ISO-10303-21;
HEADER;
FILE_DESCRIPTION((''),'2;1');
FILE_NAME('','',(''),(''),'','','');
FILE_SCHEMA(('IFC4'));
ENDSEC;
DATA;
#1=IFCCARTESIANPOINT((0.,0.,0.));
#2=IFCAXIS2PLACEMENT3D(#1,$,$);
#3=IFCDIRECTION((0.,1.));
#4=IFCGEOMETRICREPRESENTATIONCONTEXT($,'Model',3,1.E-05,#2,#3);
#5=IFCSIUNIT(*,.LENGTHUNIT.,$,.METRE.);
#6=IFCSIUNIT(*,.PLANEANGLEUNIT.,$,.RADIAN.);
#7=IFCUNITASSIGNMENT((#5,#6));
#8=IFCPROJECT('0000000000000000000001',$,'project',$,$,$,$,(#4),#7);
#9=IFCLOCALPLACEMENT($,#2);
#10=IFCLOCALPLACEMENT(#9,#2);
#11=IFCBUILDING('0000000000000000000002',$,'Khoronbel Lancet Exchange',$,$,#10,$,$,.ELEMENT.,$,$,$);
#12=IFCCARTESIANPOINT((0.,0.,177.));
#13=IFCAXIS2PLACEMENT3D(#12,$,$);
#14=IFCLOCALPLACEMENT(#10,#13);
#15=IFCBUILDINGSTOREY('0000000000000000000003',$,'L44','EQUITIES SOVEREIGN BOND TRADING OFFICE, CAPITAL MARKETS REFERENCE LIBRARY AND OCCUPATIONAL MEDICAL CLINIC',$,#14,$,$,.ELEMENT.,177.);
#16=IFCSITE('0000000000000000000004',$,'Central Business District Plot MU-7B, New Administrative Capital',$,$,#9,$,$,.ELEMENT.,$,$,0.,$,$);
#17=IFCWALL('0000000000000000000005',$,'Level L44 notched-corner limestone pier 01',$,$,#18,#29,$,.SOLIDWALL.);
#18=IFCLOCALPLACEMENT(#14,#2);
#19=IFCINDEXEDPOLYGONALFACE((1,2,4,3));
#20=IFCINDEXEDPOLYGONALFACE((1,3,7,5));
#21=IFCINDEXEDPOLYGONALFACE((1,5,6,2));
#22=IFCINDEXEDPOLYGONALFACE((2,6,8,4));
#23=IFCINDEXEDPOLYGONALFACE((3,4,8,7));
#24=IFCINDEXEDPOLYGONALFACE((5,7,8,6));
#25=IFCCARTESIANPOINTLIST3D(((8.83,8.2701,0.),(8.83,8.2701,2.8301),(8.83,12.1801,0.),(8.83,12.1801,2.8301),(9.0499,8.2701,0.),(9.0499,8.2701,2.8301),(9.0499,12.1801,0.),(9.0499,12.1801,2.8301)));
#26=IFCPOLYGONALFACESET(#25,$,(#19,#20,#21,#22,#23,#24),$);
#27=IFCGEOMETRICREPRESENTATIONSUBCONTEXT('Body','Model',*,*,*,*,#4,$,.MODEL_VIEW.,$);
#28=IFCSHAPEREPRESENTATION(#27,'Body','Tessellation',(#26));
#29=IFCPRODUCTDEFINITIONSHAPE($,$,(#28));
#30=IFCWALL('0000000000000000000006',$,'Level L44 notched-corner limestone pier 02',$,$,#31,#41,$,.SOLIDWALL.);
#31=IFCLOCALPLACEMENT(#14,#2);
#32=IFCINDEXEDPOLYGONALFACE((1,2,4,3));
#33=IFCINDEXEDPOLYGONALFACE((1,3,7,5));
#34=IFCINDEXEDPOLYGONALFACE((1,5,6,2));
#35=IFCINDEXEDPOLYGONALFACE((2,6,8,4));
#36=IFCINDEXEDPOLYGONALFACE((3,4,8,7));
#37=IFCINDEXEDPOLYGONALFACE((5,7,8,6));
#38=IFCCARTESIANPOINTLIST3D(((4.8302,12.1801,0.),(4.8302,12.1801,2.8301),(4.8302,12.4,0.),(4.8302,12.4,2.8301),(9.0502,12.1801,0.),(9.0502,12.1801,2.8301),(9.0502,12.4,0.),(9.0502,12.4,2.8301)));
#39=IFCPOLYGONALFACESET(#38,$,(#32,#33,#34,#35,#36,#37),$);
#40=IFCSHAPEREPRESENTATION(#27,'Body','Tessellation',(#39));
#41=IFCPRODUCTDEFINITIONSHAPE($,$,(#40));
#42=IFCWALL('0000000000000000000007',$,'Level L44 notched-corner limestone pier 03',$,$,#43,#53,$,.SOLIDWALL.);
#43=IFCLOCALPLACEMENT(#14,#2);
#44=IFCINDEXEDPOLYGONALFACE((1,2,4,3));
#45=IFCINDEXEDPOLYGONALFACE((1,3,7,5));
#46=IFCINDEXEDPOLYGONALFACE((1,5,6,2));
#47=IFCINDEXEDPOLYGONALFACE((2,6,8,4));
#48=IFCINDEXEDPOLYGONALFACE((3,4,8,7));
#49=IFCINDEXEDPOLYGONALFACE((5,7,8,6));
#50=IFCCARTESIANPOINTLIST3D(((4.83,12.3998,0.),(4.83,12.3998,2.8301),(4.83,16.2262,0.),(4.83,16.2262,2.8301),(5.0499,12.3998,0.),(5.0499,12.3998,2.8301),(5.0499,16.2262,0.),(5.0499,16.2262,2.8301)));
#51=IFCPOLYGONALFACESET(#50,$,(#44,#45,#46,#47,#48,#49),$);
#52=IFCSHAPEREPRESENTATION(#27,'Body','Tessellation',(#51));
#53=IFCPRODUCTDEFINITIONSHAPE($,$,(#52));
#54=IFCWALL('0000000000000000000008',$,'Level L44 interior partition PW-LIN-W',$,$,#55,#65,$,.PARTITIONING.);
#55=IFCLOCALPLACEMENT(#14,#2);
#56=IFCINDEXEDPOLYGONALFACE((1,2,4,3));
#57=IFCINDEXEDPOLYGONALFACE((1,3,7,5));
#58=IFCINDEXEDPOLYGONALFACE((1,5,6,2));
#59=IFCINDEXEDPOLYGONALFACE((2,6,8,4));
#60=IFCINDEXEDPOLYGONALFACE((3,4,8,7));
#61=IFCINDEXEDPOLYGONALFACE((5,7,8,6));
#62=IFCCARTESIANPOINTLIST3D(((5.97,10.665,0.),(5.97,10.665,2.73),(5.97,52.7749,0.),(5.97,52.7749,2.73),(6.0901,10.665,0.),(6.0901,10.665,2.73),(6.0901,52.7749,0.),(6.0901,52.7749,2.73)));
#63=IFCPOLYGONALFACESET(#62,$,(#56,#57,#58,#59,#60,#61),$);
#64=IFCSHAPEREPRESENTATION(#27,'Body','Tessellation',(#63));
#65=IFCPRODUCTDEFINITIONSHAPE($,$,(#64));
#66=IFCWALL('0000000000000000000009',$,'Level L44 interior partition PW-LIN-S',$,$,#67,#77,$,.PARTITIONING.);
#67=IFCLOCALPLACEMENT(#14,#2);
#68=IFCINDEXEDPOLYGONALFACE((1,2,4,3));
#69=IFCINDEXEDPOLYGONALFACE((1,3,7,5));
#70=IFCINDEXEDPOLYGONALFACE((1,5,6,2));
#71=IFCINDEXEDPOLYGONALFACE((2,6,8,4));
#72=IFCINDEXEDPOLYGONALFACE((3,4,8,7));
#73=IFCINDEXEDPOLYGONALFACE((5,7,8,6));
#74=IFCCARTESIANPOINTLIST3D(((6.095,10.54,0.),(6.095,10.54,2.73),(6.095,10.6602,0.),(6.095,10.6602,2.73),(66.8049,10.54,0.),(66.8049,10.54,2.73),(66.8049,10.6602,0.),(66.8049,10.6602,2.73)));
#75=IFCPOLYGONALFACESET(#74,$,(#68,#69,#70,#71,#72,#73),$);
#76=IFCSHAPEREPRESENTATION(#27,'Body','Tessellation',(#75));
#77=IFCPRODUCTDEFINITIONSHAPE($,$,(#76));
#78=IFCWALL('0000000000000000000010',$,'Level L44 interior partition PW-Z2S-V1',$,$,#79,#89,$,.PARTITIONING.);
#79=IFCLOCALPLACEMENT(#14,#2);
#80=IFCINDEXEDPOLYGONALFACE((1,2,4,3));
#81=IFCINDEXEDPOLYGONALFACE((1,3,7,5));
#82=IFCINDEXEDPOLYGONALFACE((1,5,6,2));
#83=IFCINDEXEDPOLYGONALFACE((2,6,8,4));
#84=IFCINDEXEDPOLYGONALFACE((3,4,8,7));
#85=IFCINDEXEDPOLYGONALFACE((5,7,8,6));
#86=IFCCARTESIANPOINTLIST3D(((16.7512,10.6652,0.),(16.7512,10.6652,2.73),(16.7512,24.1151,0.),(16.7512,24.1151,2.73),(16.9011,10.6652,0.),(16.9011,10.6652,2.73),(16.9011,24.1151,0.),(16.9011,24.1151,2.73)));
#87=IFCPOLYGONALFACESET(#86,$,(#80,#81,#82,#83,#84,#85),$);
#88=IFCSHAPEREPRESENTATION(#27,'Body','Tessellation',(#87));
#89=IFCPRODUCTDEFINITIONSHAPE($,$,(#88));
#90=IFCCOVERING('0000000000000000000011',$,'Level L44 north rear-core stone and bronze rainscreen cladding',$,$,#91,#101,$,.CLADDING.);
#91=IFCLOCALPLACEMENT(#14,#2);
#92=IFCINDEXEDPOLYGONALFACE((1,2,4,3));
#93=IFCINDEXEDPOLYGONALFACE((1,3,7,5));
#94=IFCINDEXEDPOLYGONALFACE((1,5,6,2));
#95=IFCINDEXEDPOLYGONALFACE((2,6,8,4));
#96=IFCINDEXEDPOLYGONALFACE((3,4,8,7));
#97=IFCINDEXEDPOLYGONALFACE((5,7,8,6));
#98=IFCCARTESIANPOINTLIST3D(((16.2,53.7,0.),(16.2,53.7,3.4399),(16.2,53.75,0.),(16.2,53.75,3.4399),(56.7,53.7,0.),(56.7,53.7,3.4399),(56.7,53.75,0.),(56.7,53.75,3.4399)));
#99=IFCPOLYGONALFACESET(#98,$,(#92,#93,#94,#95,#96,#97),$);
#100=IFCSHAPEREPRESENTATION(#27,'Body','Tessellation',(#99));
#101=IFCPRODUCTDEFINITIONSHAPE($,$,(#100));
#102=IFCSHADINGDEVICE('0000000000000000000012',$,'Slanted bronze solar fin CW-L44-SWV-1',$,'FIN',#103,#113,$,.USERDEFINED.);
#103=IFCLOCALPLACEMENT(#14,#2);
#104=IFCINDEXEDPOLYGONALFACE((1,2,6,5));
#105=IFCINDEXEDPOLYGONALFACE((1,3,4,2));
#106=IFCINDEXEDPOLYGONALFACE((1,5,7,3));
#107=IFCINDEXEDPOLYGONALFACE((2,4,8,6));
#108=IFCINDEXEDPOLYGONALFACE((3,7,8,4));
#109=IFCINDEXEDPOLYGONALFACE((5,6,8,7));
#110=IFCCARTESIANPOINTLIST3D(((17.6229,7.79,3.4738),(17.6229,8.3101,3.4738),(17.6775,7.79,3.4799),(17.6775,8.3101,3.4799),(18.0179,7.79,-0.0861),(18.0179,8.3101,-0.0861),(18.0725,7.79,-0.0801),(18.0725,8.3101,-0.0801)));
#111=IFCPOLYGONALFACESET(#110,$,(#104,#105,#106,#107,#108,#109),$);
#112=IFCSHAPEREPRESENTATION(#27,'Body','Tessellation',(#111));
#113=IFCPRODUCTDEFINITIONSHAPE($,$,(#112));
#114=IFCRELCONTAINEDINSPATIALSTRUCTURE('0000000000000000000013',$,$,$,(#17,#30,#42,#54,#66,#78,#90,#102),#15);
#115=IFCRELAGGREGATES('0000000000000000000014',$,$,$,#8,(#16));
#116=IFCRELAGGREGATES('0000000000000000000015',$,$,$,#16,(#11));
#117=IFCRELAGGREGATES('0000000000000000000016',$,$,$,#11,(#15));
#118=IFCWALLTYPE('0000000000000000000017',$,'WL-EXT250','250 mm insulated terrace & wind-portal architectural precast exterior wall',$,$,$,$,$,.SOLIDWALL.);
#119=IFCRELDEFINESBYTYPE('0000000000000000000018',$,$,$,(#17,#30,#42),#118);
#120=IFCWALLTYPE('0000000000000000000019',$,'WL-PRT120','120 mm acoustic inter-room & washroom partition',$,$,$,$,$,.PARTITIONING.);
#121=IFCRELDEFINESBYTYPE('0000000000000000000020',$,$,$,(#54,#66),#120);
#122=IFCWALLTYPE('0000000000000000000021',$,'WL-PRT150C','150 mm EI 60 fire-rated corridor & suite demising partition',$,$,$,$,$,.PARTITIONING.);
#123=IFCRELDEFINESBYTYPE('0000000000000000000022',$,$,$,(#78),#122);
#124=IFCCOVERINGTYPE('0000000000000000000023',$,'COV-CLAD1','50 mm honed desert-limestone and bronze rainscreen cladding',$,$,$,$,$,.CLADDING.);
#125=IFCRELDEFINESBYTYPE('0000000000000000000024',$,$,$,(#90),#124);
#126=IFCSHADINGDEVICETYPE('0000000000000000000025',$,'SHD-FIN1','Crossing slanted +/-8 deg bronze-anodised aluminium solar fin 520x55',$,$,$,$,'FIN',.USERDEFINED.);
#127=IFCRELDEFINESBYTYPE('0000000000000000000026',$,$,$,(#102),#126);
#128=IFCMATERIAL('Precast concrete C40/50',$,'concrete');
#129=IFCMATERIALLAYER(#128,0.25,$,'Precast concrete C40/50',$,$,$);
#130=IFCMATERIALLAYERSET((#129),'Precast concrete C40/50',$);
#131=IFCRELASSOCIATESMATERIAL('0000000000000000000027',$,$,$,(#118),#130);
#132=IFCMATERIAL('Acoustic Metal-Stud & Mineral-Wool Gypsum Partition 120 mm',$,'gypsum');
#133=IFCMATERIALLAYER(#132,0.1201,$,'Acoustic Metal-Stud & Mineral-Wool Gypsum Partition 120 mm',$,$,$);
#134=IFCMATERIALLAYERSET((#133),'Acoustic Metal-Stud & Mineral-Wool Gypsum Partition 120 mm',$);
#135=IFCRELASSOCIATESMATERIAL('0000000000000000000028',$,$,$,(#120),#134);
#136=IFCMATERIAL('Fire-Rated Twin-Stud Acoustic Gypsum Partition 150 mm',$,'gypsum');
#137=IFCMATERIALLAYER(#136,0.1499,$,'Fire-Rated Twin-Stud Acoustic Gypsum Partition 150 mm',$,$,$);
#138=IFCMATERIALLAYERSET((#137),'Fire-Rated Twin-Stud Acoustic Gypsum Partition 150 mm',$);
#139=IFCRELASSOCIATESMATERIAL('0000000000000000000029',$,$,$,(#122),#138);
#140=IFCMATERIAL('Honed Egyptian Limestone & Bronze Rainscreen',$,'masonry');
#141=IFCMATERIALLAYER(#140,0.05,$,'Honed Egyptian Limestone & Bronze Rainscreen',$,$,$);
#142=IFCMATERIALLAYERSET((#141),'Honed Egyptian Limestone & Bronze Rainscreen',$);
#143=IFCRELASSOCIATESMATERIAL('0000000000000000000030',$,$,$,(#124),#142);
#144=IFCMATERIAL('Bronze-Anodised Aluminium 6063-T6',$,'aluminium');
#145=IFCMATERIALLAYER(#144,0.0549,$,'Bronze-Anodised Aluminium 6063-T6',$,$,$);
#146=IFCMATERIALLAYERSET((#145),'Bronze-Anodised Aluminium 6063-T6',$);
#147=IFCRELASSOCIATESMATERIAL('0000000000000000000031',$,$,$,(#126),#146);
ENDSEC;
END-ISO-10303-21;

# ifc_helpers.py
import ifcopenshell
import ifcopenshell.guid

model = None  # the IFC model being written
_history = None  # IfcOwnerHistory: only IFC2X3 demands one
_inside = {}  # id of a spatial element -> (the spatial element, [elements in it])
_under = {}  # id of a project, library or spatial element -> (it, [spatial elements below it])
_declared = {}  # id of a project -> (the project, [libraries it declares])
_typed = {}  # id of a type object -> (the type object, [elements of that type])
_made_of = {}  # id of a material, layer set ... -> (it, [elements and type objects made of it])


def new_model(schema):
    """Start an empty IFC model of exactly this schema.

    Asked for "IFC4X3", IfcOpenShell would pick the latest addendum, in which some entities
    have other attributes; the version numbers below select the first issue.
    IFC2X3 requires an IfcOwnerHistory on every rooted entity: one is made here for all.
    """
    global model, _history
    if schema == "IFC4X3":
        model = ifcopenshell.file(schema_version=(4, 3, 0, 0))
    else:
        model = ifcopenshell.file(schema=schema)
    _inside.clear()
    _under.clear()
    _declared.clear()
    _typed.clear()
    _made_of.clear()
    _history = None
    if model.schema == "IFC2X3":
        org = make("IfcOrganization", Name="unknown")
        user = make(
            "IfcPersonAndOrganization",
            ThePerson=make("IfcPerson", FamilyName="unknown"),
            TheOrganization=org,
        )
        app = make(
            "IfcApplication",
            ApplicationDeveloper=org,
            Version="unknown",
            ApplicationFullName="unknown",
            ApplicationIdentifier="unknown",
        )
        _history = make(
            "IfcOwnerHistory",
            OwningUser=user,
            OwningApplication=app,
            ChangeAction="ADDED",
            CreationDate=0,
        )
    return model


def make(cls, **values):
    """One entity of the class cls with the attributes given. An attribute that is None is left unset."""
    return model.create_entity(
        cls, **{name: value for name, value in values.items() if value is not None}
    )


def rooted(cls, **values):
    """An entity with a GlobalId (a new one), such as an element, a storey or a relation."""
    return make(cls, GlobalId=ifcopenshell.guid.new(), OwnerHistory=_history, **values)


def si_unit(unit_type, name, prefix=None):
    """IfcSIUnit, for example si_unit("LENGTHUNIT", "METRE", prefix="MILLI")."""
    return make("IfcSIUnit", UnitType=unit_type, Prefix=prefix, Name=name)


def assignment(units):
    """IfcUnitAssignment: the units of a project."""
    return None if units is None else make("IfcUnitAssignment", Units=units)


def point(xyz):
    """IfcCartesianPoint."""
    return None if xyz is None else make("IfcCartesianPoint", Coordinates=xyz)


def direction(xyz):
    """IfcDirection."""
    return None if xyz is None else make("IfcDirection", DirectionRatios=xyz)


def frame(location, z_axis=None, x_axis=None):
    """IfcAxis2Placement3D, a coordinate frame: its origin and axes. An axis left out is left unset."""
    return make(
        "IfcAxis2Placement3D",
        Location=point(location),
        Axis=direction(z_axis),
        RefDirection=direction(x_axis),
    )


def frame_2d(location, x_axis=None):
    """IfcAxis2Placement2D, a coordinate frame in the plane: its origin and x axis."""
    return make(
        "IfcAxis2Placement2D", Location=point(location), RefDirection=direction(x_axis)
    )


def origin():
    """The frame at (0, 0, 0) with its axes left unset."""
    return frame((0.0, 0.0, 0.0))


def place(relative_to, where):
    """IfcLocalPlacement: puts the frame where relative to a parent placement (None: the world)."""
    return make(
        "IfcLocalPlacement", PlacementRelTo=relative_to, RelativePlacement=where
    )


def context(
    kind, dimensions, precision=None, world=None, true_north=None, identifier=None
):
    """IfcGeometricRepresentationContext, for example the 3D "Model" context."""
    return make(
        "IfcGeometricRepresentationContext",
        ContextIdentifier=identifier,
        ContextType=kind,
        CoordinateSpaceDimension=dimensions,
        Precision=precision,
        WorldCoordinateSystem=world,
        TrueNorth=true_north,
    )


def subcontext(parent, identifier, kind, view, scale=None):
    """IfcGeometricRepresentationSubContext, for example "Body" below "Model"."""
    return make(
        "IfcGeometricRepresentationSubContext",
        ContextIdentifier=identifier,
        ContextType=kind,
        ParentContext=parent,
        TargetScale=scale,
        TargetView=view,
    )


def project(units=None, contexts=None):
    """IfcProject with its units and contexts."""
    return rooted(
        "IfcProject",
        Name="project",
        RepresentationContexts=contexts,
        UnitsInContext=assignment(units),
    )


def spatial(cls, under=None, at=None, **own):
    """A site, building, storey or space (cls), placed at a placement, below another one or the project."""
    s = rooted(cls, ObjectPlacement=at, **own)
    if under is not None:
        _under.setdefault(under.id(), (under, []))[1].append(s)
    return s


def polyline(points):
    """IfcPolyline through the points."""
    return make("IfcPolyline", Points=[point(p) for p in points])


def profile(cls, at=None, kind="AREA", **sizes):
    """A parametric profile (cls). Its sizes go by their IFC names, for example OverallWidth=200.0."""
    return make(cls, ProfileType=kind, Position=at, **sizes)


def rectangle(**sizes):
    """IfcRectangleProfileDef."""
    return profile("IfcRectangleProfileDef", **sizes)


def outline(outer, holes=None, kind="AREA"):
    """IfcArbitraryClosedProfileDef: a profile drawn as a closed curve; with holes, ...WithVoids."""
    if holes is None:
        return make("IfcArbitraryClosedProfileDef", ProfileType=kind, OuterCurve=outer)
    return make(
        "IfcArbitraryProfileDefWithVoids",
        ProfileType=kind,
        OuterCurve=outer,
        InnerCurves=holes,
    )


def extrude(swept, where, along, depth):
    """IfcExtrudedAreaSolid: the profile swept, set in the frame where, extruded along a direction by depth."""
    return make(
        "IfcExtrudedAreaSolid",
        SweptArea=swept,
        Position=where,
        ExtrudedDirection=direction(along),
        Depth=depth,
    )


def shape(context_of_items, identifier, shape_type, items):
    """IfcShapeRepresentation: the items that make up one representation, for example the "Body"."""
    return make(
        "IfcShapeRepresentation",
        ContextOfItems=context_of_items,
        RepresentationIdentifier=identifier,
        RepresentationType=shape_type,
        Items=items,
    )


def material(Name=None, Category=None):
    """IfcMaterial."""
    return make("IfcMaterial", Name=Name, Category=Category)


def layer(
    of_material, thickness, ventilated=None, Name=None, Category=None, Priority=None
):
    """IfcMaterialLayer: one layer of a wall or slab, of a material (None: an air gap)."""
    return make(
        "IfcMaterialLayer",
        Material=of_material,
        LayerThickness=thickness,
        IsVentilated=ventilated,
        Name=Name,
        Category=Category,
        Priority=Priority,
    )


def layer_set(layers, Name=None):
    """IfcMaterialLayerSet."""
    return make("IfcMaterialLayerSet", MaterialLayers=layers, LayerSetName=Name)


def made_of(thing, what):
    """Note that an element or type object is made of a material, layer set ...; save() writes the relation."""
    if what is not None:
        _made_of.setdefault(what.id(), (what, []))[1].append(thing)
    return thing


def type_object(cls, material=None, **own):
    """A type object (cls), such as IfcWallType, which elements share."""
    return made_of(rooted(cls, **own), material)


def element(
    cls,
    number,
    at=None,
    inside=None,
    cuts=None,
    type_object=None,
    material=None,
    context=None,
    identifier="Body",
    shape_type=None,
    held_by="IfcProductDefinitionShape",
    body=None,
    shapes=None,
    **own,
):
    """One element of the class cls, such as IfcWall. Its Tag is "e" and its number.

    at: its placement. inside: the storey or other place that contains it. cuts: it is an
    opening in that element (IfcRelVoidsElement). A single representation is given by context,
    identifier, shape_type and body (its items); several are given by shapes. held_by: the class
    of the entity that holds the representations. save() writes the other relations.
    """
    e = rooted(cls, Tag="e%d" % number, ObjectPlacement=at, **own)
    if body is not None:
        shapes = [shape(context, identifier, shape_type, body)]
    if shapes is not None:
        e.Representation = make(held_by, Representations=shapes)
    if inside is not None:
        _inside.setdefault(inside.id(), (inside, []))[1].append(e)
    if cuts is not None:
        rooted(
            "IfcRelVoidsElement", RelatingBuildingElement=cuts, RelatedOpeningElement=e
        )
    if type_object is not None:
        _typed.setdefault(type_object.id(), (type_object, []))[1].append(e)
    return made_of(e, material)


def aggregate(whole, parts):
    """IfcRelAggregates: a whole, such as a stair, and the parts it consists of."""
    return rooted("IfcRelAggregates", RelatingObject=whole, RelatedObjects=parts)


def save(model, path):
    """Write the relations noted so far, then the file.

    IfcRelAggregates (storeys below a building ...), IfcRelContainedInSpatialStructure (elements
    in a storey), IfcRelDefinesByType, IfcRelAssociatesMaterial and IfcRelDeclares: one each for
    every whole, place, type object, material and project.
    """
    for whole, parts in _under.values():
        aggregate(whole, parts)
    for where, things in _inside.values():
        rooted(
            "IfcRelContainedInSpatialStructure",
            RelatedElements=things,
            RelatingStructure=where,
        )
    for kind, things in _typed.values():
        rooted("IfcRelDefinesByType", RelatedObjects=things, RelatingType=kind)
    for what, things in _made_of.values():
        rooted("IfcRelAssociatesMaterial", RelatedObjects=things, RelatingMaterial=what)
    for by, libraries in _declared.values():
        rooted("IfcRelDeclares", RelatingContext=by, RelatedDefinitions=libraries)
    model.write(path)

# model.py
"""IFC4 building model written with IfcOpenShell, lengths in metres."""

from ifc_helpers import new_model, si_unit, direction, frame, frame_2d, origin, place, context, subcontext, project, spatial, polyline, rectangle, outline, extrude, material, layer, layer_set, type_object, element, save


model = new_model("IFC4")

# Units and contexts
model_context = context("Model", 3, precision=1e-05, world=origin(), true_north=direction((0.0, 1.0)))
body_context = subcontext(model_context, "Body", "Model", "MODEL_VIEW")
ifc_project = project(units=[si_unit("LENGTHUNIT", "METRE"), si_unit("PLANEANGLEUNIT", "RADIAN")], contexts=[model_context])

# Site, building, storey
site_placement = place(None, origin())
site = spatial("IfcSite", under=ifc_project, at=site_placement, Name="Central Business District Plot MU-7B, New Administrative Capital", CompositionType="ELEMENT", RefElevation=0.0)
building_placement = place(site_placement, origin())
building = spatial("IfcBuilding", under=site, at=building_placement, Name="Khoronbel Lancet Exchange", CompositionType="ELEMENT")
storey_placement = place(building_placement, frame((0.0, 0.0, 177.0)))
storey = spatial("IfcBuildingStorey", under=building, at=storey_placement, Name="L44", Description="EQUITIES SOVEREIGN BOND TRADING OFFICE, CAPITAL MARKETS REFERENCE LIBRARY AND OCCUPATIONAL MEDICAL CLINIC", CompositionType="ELEMENT", Elevation=177.0)

# Shared definitions
ifc_material_1 = material(Name="Bronze-Anodised Aluminium 6063-T6", Category="aluminium")

# Walls
ifc_material_2 = material(Name="Precast concrete C40/50", Category="concrete")
ifc_layer_1 = layer(ifc_material_2, 0.25, Name="Precast concrete C40/50")
ifc_layer_set_1 = layer_set([ifc_layer_1], Name="Precast concrete C40/50")
wall_type_1 = type_object("IfcWallType", Name="WL-EXT250", Description="250 mm insulated terrace & wind-portal architectural precast exterior wall", PredefinedType="SOLIDWALL", material=ifc_layer_set_1)
wall_1_placement = place(storey_placement, frame((8.9399, 8.27, 0.0), z_axis=(0.0, 0.0, 1.0), x_axis=(0.0, 1.0, 0.0)))
element("IfcWall", 1, at=wall_1_placement, inside=storey, type_object=wall_type_1, Name="Level L44 notched-corner limestone pier 01", PredefinedType="SOLIDWALL", context=body_context, shape_type="SweptSolid", body=[
    extrude(rectangle(XDim=3.9099, YDim=0.22, at=frame_2d((1.9551, 0.0))), origin(), (0.0, 0.0, 1.0), 2.8301),
])
wall_2_placement = place(storey_placement, frame((9.05, 12.29, 0.0), z_axis=(0.0, 0.0, 1.0), x_axis=(-1.0, 0.0, 0.0)))
element("IfcWall", 2, at=wall_2_placement, inside=storey, type_object=wall_type_1, Name="Level L44 notched-corner limestone pier 02", PredefinedType="SOLIDWALL", context=body_context, shape_type="SweptSolid", body=[
    extrude(rectangle(XDim=4.22, YDim=0.22, at=frame_2d((2.1099, 0.0))), origin(), (0.0, 0.0, 1.0), 2.8301),
])
wall_3_placement = place(storey_placement, frame((4.9399, 12.3999, 0.0), z_axis=(0.0, 0.0, 1.0), x_axis=(0.0, 1.0, 0.0)))
element("IfcWall", 3, at=wall_3_placement, inside=storey, type_object=wall_type_1, Name="Level L44 notched-corner limestone pier 03", PredefinedType="SOLIDWALL", context=body_context, shape_type="SweptSolid", body=[
    extrude(rectangle(XDim=3.8264, YDim=0.22, at=frame_2d((1.9131, 0.0))), origin(), (0.0, 0.0, 1.0), 2.8301),
])
ifc_material_3 = material(Name="Acoustic Metal-Stud & Mineral-Wool Gypsum Partition 120 mm", Category="gypsum")
ifc_layer_2 = layer(ifc_material_3, 0.1201, Name="Acoustic Metal-Stud & Mineral-Wool Gypsum Partition 120 mm")
ifc_layer_set_2 = layer_set([ifc_layer_2], Name="Acoustic Metal-Stud & Mineral-Wool Gypsum Partition 120 mm")
wall_type_2 = type_object("IfcWallType", Name="WL-PRT120", Description="120 mm acoustic inter-room & washroom partition", PredefinedType="PARTITIONING", material=ifc_layer_set_2)
wall_4_placement = place(storey_placement, frame((6.03, 10.665, 0.0), z_axis=(0.0, 0.0, 1.0), x_axis=(0.0, 1.0, 0.0)))
element("IfcWall", 4, at=wall_4_placement, inside=storey, type_object=wall_type_2, Name="Level L44 interior partition PW-LIN-W", PredefinedType="PARTITIONING", context=body_context, shape_type="SweptSolid", body=[
    extrude(rectangle(XDim=42.1099, YDim=0.1201, at=frame_2d((21.0549, 0.0))), origin(), (0.0, 0.0, 1.0), 2.73),
])
wall_5_placement = place(storey_placement, frame((6.095, 10.6001, 0.0), z_axis=(0.0, 0.0, 1.0), x_axis=(1.0, 0.0, 0.0)))
element("IfcWall", 5, at=wall_5_placement, inside=storey, type_object=wall_type_2, Name="Level L44 interior partition PW-LIN-S", PredefinedType="PARTITIONING", context=body_context, shape_type="SweptSolid", body=[
    extrude(rectangle(XDim=60.71, YDim=0.1201, at=frame_2d((30.355, 0.0))), origin(), (0.0, 0.0, 1.0), 2.73),
])
ifc_material_4 = material(Name="Fire-Rated Twin-Stud Acoustic Gypsum Partition 150 mm", Category="gypsum")
ifc_layer_3 = layer(ifc_material_4, 0.1499, Name="Fire-Rated Twin-Stud Acoustic Gypsum Partition 150 mm")
ifc_layer_set_3 = layer_set([ifc_layer_3], Name="Fire-Rated Twin-Stud Acoustic Gypsum Partition 150 mm")
wall_type_3 = type_object("IfcWallType", Name="WL-PRT150C", Description="150 mm EI 60 fire-rated corridor & suite demising partition", PredefinedType="PARTITIONING", material=ifc_layer_set_3)
wall_6_placement = place(storey_placement, frame((16.8262, 10.665, 0.0), z_axis=(0.0, 0.0, 1.0), x_axis=(0.0, 1.0, 0.0)))
element("IfcWall", 6, at=wall_6_placement, inside=storey, type_object=wall_type_3, Name="Level L44 interior partition PW-Z2S-V1", PredefinedType="PARTITIONING", context=body_context, shape_type="SweptSolid", body=[
    extrude(rectangle(XDim=13.45, YDim=0.1499, at=frame_2d((6.7251, 0.0))), origin(), (0.0, 0.0, 1.0), 2.73),
])

# Covering
ifc_material_5 = material(Name="Honed Egyptian Limestone & Bronze Rainscreen", Category="masonry")
ifc_layer_4 = layer(ifc_material_5, 0.05, Name="Honed Egyptian Limestone & Bronze Rainscreen")
ifc_layer_set_4 = layer_set([ifc_layer_4], Name="Honed Egyptian Limestone & Bronze Rainscreen")
covering_type = type_object("IfcCoveringType", Name="COV-CLAD1", Description="50 mm honed desert-limestone and bronze rainscreen cladding", PredefinedType="CLADDING", material=ifc_layer_set_4)
covering_placement = place(storey_placement, origin())
element("IfcCovering", 7, at=covering_placement, inside=storey, type_object=covering_type, Name="Level L44 north rear-core stone and bronze rainscreen cladding", PredefinedType="CLADDING", context=body_context, shape_type="SweptSolid", body=[
    extrude(outline(polyline([(16.2, 53.7), (56.7, 53.7), (56.7, 53.75), (16.2, 53.75), (16.2, 53.7)])), origin(), (0.0, 0.0, 1.0), 3.4399),
])

# Shading device
ifc_layer_5 = layer(ifc_material_1, 0.0549, Name="Bronze-Anodised Aluminium 6063-T6")
ifc_layer_set_5 = layer_set([ifc_layer_5], Name="Bronze-Anodised Aluminium 6063-T6")
shading_device_type = type_object("IfcShadingDeviceType", Name="SHD-FIN1", Description="Crossing slanted +/-8 deg bronze-anodised aluminium solar fin 520x55", ElementType="FIN", PredefinedType="USERDEFINED", material=ifc_layer_set_5)
shading_device_placement = place(storey_placement, frame((18.0725, 8.3101, -0.0801), z_axis=(0.9939, 0.0, 0.110282), x_axis=(0.0, -1.0, 0.0)))
element("IfcShadingDevice", 8, at=shading_device_placement, inside=storey, type_object=shading_device_type, Name="Slanted bronze solar fin CW-L44-SWV-1", ObjectType="FIN", PredefinedType="USERDEFINED", context=body_context, shape_type="SweptSolid", body=[
    extrude(outline(polyline([(0.0, 0.0), (0.52, 0.0), (0.52, -3.5818), (0.0, -3.5818), (0.0, 0.0)])), origin(), (0.0, 0.0, -1.0), 0.0549),
])

save(model, "model.ifc")
